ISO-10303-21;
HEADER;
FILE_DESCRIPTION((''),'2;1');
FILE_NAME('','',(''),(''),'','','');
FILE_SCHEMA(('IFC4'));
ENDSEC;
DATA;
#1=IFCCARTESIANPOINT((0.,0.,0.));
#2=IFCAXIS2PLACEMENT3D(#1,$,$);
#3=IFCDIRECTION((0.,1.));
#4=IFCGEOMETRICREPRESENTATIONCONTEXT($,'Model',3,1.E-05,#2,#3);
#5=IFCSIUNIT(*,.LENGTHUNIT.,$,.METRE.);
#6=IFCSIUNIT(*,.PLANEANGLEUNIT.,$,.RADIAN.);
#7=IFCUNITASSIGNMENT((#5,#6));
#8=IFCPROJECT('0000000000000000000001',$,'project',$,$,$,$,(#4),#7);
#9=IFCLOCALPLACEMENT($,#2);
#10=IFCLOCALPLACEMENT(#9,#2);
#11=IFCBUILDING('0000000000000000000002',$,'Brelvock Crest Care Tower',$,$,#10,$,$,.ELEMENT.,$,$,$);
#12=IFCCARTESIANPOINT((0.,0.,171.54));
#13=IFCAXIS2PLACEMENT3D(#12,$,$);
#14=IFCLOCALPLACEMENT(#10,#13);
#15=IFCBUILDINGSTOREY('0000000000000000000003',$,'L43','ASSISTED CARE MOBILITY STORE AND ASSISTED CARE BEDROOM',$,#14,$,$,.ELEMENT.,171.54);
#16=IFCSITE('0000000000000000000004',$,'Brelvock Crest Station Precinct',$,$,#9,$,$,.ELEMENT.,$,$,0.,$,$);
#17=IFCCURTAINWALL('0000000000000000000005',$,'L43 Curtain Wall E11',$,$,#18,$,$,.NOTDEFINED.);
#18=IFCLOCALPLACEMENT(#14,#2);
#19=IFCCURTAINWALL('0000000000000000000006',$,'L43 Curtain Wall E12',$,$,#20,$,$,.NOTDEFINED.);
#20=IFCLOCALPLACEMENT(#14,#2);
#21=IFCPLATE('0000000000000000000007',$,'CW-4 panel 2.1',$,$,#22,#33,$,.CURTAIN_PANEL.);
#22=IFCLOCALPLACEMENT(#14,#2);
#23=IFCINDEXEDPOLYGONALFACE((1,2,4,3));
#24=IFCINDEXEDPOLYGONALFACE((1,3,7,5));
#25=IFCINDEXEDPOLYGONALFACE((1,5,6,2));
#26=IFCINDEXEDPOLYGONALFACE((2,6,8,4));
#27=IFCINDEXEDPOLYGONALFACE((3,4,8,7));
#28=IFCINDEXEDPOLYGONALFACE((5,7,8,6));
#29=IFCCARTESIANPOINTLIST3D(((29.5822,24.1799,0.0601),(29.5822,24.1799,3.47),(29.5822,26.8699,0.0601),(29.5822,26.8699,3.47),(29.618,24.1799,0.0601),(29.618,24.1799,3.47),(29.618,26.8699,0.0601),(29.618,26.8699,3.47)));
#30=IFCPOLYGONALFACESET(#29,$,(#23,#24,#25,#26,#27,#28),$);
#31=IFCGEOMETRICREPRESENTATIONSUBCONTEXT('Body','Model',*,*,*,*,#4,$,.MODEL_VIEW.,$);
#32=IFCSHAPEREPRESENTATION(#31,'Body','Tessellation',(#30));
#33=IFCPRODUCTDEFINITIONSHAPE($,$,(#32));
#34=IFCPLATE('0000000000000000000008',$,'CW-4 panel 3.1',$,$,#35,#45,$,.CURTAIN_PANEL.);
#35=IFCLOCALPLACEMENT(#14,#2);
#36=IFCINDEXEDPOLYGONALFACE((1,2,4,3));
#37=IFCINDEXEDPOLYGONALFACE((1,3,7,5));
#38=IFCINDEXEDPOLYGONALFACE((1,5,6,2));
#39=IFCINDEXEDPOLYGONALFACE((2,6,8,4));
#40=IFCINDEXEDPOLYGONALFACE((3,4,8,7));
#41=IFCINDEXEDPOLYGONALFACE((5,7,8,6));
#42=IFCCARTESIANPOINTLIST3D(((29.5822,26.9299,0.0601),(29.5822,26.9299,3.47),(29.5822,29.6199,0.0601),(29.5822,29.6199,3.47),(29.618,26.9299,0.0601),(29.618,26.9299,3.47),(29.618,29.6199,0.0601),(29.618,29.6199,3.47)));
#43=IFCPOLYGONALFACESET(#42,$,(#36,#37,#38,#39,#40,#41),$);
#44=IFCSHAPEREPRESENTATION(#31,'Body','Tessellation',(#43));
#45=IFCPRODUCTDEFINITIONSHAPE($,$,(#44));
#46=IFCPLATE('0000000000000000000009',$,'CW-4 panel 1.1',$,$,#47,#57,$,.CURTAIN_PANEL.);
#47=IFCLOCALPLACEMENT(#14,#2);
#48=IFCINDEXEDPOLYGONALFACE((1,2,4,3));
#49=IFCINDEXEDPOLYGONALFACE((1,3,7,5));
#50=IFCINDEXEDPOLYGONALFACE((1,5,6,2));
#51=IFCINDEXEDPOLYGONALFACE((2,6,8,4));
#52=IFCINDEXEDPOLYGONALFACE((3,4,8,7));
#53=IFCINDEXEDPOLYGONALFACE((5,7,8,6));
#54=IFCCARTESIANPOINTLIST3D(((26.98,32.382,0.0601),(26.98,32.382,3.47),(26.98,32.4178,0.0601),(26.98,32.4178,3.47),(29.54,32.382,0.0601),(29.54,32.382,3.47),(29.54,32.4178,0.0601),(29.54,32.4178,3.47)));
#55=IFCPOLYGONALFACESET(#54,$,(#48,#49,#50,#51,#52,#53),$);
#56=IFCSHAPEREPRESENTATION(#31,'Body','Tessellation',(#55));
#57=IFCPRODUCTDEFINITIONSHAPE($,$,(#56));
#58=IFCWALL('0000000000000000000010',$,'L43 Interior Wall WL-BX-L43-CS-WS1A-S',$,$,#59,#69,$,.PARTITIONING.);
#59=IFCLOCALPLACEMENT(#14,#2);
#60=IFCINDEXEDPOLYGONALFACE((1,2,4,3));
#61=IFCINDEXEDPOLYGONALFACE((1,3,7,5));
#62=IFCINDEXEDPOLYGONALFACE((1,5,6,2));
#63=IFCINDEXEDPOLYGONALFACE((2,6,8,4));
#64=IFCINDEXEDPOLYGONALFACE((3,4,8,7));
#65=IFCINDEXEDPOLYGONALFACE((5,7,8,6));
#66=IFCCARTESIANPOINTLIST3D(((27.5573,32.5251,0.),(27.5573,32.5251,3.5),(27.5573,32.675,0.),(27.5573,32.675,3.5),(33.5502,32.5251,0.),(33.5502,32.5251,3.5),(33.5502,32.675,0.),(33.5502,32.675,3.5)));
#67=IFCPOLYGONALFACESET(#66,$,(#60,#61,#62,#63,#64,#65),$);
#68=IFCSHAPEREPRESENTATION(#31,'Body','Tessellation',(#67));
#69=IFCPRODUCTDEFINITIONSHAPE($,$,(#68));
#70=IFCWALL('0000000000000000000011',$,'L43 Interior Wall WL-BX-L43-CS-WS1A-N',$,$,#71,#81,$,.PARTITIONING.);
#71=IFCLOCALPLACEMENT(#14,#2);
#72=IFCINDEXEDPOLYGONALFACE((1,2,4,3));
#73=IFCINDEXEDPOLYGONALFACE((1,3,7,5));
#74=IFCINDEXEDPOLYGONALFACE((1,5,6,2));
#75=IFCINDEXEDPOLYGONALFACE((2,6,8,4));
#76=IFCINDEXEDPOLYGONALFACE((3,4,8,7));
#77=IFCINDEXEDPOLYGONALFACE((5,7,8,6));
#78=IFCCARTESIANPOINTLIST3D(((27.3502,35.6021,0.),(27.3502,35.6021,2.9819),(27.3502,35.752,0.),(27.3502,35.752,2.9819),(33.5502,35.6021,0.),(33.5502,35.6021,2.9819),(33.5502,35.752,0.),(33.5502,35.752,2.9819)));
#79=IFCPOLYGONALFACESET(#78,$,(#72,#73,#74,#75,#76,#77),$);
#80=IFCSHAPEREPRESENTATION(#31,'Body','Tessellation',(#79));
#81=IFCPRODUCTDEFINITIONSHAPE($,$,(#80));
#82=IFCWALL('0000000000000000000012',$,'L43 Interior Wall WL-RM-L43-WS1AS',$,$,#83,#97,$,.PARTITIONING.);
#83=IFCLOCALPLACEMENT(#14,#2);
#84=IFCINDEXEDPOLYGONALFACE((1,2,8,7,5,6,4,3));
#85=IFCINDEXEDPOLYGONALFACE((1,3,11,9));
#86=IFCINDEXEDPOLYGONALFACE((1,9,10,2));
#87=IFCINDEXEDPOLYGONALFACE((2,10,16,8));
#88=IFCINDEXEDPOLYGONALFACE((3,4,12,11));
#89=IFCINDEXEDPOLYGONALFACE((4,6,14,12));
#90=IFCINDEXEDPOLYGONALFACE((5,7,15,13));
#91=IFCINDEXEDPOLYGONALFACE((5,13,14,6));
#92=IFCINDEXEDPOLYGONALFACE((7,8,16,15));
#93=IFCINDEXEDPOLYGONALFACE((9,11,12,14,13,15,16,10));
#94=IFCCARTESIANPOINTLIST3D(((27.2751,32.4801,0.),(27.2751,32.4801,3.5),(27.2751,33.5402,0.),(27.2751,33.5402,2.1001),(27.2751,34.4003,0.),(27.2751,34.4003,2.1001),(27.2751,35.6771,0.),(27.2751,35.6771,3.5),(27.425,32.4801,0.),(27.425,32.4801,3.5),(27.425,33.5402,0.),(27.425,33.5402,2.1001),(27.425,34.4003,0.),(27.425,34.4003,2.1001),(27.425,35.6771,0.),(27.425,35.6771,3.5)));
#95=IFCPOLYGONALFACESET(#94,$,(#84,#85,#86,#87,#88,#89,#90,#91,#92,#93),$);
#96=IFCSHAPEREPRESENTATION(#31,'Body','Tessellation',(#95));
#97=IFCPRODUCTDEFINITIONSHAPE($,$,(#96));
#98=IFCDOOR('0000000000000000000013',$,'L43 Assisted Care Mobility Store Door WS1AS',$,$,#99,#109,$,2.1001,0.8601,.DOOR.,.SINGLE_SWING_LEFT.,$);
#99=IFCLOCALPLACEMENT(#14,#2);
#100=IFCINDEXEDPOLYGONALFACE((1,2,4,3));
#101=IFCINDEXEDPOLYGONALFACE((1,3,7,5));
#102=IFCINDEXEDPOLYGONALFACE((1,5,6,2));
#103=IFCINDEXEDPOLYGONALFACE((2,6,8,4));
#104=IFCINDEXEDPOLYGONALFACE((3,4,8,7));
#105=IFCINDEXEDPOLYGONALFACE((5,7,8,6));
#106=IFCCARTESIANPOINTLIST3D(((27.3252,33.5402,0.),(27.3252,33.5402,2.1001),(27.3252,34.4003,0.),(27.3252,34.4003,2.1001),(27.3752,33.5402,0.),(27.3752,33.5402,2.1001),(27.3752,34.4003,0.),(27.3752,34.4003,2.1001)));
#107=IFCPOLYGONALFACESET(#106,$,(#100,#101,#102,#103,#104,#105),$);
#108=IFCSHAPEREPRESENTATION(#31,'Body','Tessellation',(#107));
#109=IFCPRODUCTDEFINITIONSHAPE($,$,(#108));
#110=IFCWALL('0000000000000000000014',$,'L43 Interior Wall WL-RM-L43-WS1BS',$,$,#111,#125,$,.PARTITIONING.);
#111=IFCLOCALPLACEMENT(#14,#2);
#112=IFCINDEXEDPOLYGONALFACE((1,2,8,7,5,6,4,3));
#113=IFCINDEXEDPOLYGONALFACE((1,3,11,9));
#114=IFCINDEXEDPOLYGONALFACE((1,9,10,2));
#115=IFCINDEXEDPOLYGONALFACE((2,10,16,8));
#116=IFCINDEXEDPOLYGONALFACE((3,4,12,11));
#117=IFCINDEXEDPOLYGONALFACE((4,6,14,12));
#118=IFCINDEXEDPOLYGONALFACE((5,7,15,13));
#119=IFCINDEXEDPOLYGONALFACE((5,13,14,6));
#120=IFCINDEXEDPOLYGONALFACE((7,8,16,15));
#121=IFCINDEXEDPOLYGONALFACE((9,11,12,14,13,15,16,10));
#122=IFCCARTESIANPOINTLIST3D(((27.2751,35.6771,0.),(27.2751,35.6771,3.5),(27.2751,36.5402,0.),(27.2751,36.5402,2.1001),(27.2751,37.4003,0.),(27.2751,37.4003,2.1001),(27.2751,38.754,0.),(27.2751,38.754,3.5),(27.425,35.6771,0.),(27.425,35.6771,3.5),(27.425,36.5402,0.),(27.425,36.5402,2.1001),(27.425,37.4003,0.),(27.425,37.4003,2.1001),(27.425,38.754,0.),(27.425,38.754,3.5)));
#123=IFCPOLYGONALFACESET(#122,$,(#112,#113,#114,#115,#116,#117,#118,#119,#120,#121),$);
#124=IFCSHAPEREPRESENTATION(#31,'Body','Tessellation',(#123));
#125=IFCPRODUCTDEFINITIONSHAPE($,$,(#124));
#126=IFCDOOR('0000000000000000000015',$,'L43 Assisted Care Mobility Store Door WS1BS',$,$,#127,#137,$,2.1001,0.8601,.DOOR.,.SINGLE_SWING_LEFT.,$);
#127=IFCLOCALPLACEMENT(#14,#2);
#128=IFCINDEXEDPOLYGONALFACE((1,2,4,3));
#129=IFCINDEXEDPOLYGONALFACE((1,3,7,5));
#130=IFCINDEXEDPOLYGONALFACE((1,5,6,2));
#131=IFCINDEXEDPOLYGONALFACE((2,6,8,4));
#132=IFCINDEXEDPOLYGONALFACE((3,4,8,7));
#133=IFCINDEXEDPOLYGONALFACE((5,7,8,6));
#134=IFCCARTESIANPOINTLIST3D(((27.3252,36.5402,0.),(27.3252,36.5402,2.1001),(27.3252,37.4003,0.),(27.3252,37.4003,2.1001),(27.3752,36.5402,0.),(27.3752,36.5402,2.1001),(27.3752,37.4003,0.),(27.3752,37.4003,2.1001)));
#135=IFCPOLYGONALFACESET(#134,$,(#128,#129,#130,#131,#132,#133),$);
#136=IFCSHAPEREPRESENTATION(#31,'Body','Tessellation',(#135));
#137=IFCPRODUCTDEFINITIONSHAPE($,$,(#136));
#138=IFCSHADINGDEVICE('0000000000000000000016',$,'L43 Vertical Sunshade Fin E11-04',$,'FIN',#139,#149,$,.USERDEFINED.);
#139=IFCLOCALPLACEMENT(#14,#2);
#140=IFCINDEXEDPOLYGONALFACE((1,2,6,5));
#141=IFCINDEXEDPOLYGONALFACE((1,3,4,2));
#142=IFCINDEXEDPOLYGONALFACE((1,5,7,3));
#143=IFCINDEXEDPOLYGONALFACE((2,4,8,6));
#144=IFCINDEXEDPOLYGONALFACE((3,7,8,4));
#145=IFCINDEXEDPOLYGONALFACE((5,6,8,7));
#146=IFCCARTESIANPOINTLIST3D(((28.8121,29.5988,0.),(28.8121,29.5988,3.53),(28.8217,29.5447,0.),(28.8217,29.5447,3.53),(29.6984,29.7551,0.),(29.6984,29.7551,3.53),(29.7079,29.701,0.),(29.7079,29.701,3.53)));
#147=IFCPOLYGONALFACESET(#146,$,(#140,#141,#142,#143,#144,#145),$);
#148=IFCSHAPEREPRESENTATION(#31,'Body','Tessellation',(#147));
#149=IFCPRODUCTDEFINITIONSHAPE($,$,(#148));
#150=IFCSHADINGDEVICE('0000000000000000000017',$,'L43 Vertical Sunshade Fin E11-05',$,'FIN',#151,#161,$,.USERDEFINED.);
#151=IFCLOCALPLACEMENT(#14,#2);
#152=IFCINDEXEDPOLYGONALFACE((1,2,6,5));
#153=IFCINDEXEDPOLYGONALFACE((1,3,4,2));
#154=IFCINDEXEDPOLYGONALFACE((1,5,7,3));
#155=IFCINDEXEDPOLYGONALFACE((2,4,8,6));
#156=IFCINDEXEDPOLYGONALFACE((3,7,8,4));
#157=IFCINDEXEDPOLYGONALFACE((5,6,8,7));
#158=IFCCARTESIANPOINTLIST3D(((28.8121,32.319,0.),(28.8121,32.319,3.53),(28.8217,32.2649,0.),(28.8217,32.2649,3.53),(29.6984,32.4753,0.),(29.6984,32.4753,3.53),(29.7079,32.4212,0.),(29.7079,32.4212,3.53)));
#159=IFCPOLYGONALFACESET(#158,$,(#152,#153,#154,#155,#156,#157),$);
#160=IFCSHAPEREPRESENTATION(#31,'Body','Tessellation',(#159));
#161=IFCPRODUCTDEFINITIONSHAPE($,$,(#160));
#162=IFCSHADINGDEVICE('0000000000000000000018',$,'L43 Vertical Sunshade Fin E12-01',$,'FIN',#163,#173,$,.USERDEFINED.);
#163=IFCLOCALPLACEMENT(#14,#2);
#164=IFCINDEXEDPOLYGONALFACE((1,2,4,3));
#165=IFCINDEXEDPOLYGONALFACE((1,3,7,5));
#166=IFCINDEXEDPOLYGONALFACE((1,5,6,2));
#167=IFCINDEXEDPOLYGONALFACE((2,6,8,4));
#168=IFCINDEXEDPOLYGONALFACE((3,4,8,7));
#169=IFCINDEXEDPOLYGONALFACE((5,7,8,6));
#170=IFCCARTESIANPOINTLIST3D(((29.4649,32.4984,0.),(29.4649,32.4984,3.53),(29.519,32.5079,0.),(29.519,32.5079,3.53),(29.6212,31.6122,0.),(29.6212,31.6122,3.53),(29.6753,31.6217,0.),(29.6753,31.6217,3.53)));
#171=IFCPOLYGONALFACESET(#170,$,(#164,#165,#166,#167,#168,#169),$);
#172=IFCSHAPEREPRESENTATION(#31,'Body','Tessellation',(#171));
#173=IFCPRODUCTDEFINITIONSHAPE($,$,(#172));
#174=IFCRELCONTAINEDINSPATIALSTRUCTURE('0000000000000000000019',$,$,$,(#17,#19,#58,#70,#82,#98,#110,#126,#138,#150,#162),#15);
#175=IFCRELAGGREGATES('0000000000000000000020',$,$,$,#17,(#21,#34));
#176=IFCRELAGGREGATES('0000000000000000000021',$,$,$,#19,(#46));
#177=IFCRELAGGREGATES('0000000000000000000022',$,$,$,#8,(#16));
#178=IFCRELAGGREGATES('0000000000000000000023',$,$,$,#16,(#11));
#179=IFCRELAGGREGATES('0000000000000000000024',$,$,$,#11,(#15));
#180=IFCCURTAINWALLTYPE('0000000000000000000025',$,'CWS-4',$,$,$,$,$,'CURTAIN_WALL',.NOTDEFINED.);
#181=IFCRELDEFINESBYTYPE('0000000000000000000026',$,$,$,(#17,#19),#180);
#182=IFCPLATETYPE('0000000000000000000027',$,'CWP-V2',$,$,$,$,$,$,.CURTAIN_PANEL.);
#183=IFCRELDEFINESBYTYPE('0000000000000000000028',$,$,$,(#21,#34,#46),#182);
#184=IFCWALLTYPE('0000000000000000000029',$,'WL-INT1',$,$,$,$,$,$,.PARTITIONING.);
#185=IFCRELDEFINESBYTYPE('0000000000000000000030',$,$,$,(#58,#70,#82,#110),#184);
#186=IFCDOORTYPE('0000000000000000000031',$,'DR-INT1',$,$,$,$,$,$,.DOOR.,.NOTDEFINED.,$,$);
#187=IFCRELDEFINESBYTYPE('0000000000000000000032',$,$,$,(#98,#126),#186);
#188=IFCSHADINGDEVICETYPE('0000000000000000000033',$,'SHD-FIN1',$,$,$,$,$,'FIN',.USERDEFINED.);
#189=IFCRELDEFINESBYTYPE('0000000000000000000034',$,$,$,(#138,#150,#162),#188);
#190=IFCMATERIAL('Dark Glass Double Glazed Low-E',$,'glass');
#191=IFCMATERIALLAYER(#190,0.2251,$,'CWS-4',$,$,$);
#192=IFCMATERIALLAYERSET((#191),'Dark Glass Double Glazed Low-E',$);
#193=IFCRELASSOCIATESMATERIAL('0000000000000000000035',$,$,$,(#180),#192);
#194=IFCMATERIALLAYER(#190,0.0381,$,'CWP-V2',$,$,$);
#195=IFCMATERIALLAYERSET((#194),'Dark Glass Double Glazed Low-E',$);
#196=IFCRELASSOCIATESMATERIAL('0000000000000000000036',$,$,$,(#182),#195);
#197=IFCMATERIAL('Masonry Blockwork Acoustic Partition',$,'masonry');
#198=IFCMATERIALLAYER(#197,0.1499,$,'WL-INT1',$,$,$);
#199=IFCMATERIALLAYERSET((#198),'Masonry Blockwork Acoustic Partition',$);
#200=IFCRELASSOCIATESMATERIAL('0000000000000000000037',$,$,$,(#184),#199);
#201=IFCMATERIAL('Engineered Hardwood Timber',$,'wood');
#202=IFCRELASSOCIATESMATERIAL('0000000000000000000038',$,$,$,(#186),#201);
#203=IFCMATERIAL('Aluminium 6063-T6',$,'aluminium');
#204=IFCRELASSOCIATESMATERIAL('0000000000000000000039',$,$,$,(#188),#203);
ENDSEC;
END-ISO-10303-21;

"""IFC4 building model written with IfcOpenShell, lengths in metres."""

from ifc_helpers import new_model, si_unit, direction, frame, frame_2d, origin, origin_2d, place, context, subcontext, project, spatial, rectangle, extrude, source, transform, mapped, material, layer, layer_set, material_profile, profile_set, type_object, element, fill, aggregate, save


model = new_model("IFC4")

# Units and contexts
model_context = context("Model", 3, precision=1e-05, world=origin(), true_north=direction((0.0, 1.0)))
body_context = subcontext(model_context, "Body", "Model", "MODEL_VIEW")
ifc_project = project(units=[si_unit("LENGTHUNIT", "METRE"), si_unit("PLANEANGLEUNIT", "RADIAN")], contexts=[model_context])

# Site, building, storey
site_placement = place(None, origin())
site = spatial("IfcSite", under=ifc_project, at=site_placement, Name="Brelvock Crest Station Precinct", CompositionType="ELEMENT", RefElevation=0.0)
building_placement = place(site_placement, origin())
building = spatial("IfcBuilding", under=site, at=building_placement, Name="Brelvock Crest Care Tower", CompositionType="ELEMENT")
storey_placement = place(building_placement, frame((0.0, 0.0, 171.54)))
storey = spatial("IfcBuildingStorey", under=building, at=storey_placement, Name="L43", Description="ASSISTED CARE MOBILITY STORE AND ASSISTED CARE BEDROOM", CompositionType="ELEMENT", Elevation=171.54)

# Curtain walls
ifc_material_1 = material(Name="Dark Glass Double Glazed Low-E", Category="glass")
ifc_layer_1 = layer(ifc_material_1, 0.2251, Name="CWS-4")
ifc_layer_set_1 = layer_set([ifc_layer_1], Name="Dark Glass Double Glazed Low-E")
curtain_wall_type = type_object("IfcCurtainWallType", Name="CWS-4", ElementType="CURTAIN_WALL", PredefinedType="NOTDEFINED", material=ifc_layer_set_1)
curtain_wall_1_placement = place(storey_placement, origin())
curtain_wall_1 = element("IfcCurtainWall", 1, at=curtain_wall_1_placement, inside=storey, type_object=curtain_wall_type, Name="L43 Curtain Wall E11", PredefinedType="NOTDEFINED")
ifc_material_2 = material(Name="Aluminium 6063-T6", Category="aluminium")
curtain_wall_2_placement = place(storey_placement, origin())
curtain_wall_2 = element("IfcCurtainWall", 2, at=curtain_wall_2_placement, inside=storey, type_object=curtain_wall_type, Name="L43 Curtain Wall E12", PredefinedType="NOTDEFINED")

# Plates
ifc_layer_2 = layer(ifc_material_1, 0.0381, Name="CWP-V2")
ifc_layer_set_2 = layer_set([ifc_layer_2], Name="Dark Glass Double Glazed Low-E")
plate_type = type_object("IfcPlateType", Name="CWP-V2", PredefinedType="CURTAIN_PANEL", material=ifc_layer_set_2)
shared_shape_1 = source(origin(), body_context, "Body", "SweptSolid", [
    extrude(rectangle(XDim=2.6899, YDim=0.0359, at=origin_2d()), origin(), (0.0, 0.0, 1.0), 3.4099),
])
plate_1_placement = place(storey_placement, frame((29.6001, 25.5249, 0.0601), z_axis=(0.0, 0.0, 1.0), x_axis=(0.0, 1.0, 0.0)))
plate_1 = element("IfcPlate", 3, at=plate_1_placement, type_object=plate_type, Name="CW-4 panel 2.1", PredefinedType="CURTAIN_PANEL", context=body_context, shape_type="MappedRepresentation", body=[
    mapped(shared_shape_1, transform((0.0, 0.0, 0.0), x_axis=(1.0, 0.0, 0.0), y_axis=(0.0, 1.0, 0.0), z_axis=(0.0, 0.0, 1.0), scale=1.0)),
])
plate_2_placement = place(storey_placement, frame((29.6001, 28.2749, 0.0601), z_axis=(0.0, 0.0, 1.0), x_axis=(0.0, 1.0, 0.0)))
plate_2 = element("IfcPlate", 4, at=plate_2_placement, type_object=plate_type, Name="CW-4 panel 3.1", PredefinedType="CURTAIN_PANEL", context=body_context, shape_type="MappedRepresentation", body=[
    mapped(shared_shape_1, transform((0.0, 0.0, 0.0), x_axis=(1.0, 0.0, 0.0), y_axis=(0.0, 1.0, 0.0), z_axis=(0.0, 0.0, 1.0), scale=1.0)),
])
aggregate(curtain_wall_1, [plate_1, plate_2])
shared_shape_2 = source(origin(), body_context, "Body", "SweptSolid", [
    extrude(rectangle(XDim=2.5601, YDim=0.0359, at=origin_2d()), origin(), (0.0, 0.0, 1.0), 3.4099),
])
plate_3_placement = place(storey_placement, frame((28.26, 32.3999, 0.0601), z_axis=(0.0, 0.0, 1.0), x_axis=(-1.0, 0.0, 0.0)))
plate_3 = element("IfcPlate", 5, at=plate_3_placement, type_object=plate_type, Name="CW-4 panel 1.1", PredefinedType="CURTAIN_PANEL", context=body_context, shape_type="MappedRepresentation", body=[
    mapped(shared_shape_2, transform((0.0, 0.0, 0.0), x_axis=(1.0, 0.0, 0.0), y_axis=(0.0, 1.0, 0.0), z_axis=(0.0, 0.0, 1.0), scale=1.0)),
])
aggregate(curtain_wall_2, [plate_3])

# Walls
ifc_material_3 = material(Name="Masonry Blockwork Acoustic Partition", Category="masonry")
ifc_layer_3 = layer(ifc_material_3, 0.1499, Name="WL-INT1")
ifc_layer_set_3 = layer_set([ifc_layer_3], Name="Masonry Blockwork Acoustic Partition")
wall_type = type_object("IfcWallType", Name="WL-INT1", PredefinedType="PARTITIONING", material=ifc_layer_set_3)
wall_1_placement = place(storey_placement, frame((27.5571, 32.6001, 0.0), z_axis=(0.0, 0.0, 1.0), x_axis=(1.0, 0.0, 0.0)))
element("IfcWall", 6, at=wall_1_placement, inside=storey, type_object=wall_type, Name="L43 Interior Wall WL-BX-L43-CS-WS1A-S", PredefinedType="PARTITIONING", context=body_context, shape_type="SweptSolid", body=[
    extrude(rectangle(XDim=5.9929, YDim=0.1499, at=frame_2d((2.9966, 0.0))), origin(), (0.0, 0.0, 1.0), 3.5),
])
wall_2_placement = place(storey_placement, frame((27.3501, 35.677, 0.0), z_axis=(0.0, 0.0, 1.0), x_axis=(1.0, 0.0, 0.0)))
element("IfcWall", 7, at=wall_2_placement, inside=storey, type_object=wall_type, Name="L43 Interior Wall WL-BX-L43-CS-WS1A-N", PredefinedType="PARTITIONING", context=body_context, shape_type="SweptSolid", body=[
    extrude(rectangle(XDim=6.2, YDim=0.1499, at=frame_2d((3.1001, 0.0))), origin(), (0.0, 0.0, 1.0), 2.9819),
])

# Walls, openings, doors
wall_3_placement = place(storey_placement, frame((27.3501, 32.48, 0.0), z_axis=(0.0, 0.0, 1.0), x_axis=(0.0, 1.0, 0.0)))
wall_3 = element("IfcWall", 8, at=wall_3_placement, inside=storey, type_object=wall_type, Name="L43 Interior Wall WL-RM-L43-WS1AS", PredefinedType="PARTITIONING", context=body_context, shape_type="SweptSolid", body=[
    extrude(rectangle(XDim=3.197, YDim=0.1499, at=frame_2d((1.5986, 0.0))), origin(), (0.0, 0.0, 1.0), 3.5),
])
opening_1_placement = place(wall_3_placement, frame((1.0601, 0.0, 0.0)))
opening_1 = element("IfcOpeningElement", 9, at=opening_1_placement, cuts=wall_3, PredefinedType="OPENING", context=body_context, shape_type="SweptSolid", body=[
    extrude(rectangle(XDim=0.8601, YDim=2.1001, at=origin_2d()), frame((0.4302, 0.085, 1.05), z_axis=(0.0, -1.0, 0.0), x_axis=(1.0, 0.0, 0.0)), (0.0, 0.0, 1.0), 0.1699),
])
ifc_material_4 = material(Name="Engineered Hardwood Timber", Category="wood")
door_type = type_object("IfcDoorType", Name="DR-INT1", OperationType="NOTDEFINED", PredefinedType="DOOR", material=ifc_material_4)
shared_shape_3 = source(origin(), body_context, "Body", "SweptSolid", [
    extrude(rectangle(XDim=0.8601, YDim=2.1001, at=origin_2d()), frame((0.4302, 0.0249, 1.05), z_axis=(0.0, -1.0, 0.0), x_axis=(1.0, 0.0, 0.0)), (0.0, 0.0, 1.0), 0.05),
])
door_1_placement = place(opening_1_placement, origin())
door_1 = element("IfcDoor", 10, at=door_1_placement, inside=storey, type_object=door_type, Name="L43 Assisted Care Mobility Store Door WS1AS", OperationType="SINGLE_SWING_LEFT", OverallHeight=2.1001, OverallWidth=0.8601, PredefinedType="DOOR", context=body_context, shape_type="MappedRepresentation", body=[
    mapped(shared_shape_3, transform((0.0, 0.0, 0.0), x_axis=(1.0, 0.0, 0.0), y_axis=(0.0, 1.0, 0.0), z_axis=(0.0, 0.0, 1.0), scale=1.0)),
])
fill(opening_1, door_1)
wall_4_placement = place(storey_placement, frame((27.3501, 35.677, 0.0), z_axis=(0.0, 0.0, 1.0), x_axis=(0.0, 1.0, 0.0)))
wall_4 = element("IfcWall", 11, at=wall_4_placement, inside=storey, type_object=wall_type, Name="L43 Interior Wall WL-RM-L43-WS1BS", PredefinedType="PARTITIONING", context=body_context, shape_type="SweptSolid", body=[
    extrude(rectangle(XDim=3.0769, YDim=0.1499, at=frame_2d((1.5386, 0.0))), origin(), (0.0, 0.0, 1.0), 3.5),
])
opening_2_placement = place(wall_4_placement, frame((0.863, 0.0, 0.0)))
opening_2 = element("IfcOpeningElement", 12, at=opening_2_placement, cuts=wall_4, PredefinedType="OPENING", context=body_context, shape_type="SweptSolid", body=[
    extrude(rectangle(XDim=0.8601, YDim=2.1001, at=origin_2d()), frame((0.4302, 0.085, 1.05), z_axis=(0.0, -1.0, 0.0), x_axis=(1.0, 0.0, 0.0)), (0.0, 0.0, 1.0), 0.1699),
])
door_2_placement = place(opening_2_placement, origin())
door_2 = element("IfcDoor", 13, at=door_2_placement, inside=storey, type_object=door_type, Name="L43 Assisted Care Mobility Store Door WS1BS", OperationType="SINGLE_SWING_LEFT", OverallHeight=2.1001, OverallWidth=0.8601, PredefinedType="DOOR", context=body_context, shape_type="MappedRepresentation", body=[
    mapped(shared_shape_3, transform((0.0, 0.0, 0.0), x_axis=(1.0, 0.0, 0.0), y_axis=(0.0, 1.0, 0.0), z_axis=(0.0, 0.0, 1.0), scale=1.0)),
])
fill(opening_2, door_2)

# Shading devices
ifc_material_profile_1 = material_profile(ifc_material_2, rectangle(XDim=0.0549, YDim=0.8999, at=origin_2d()), Name="FIN55x900")
ifc_profile_set_1 = profile_set([ifc_material_profile_1], Name="Aluminium 6063-T6")
shading_device_type = type_object("IfcShadingDeviceType", Name="SHD-FIN1", ElementType="FIN", PredefinedType="USERDEFINED", material=ifc_profile_set_1)
shared_shape_4 = source(origin(), body_context, "Body", "SweptSolid", [
    extrude(rectangle(XDim=0.0549, YDim=0.8999, at=origin_2d()), origin(), (0.0, 0.0, 1.0), 3.53),
])
for number, where, z_axis, x_axis, name in (
    (14, (29.26, 29.6499, 0.0), (0.0, 0.0, 1.0), (-0.173648, 0.984808, 0.0), "L43 Vertical Sunshade Fin E11-04"),
    (15, (29.26, 32.3701, 0.0), (0.0, 0.0, 1.0), (-0.173648, 0.984808, 0.0), "L43 Vertical Sunshade Fin E11-05"),
    (16, (29.5701, 32.0601, 0.0), (0.0, 0.0, 1.0), (-0.984808, -0.173648, 0.0), "L43 Vertical Sunshade Fin E12-01"),
):
    element("IfcShadingDevice", number, at=place(storey_placement, frame(where, z_axis=z_axis, x_axis=x_axis)), inside=storey, type_object=shading_device_type, Name=name, ObjectType="FIN", PredefinedType="USERDEFINED", context=body_context, shape_type="MappedRepresentation", body=[
        mapped(shared_shape_4, transform((0.0, 0.0, 0.0), x_axis=(1.0, 0.0, 0.0), y_axis=(0.0, 1.0, 0.0), z_axis=(0.0, 0.0, 1.0), scale=1.0)),
    ])

save(model, "model.ifc")
